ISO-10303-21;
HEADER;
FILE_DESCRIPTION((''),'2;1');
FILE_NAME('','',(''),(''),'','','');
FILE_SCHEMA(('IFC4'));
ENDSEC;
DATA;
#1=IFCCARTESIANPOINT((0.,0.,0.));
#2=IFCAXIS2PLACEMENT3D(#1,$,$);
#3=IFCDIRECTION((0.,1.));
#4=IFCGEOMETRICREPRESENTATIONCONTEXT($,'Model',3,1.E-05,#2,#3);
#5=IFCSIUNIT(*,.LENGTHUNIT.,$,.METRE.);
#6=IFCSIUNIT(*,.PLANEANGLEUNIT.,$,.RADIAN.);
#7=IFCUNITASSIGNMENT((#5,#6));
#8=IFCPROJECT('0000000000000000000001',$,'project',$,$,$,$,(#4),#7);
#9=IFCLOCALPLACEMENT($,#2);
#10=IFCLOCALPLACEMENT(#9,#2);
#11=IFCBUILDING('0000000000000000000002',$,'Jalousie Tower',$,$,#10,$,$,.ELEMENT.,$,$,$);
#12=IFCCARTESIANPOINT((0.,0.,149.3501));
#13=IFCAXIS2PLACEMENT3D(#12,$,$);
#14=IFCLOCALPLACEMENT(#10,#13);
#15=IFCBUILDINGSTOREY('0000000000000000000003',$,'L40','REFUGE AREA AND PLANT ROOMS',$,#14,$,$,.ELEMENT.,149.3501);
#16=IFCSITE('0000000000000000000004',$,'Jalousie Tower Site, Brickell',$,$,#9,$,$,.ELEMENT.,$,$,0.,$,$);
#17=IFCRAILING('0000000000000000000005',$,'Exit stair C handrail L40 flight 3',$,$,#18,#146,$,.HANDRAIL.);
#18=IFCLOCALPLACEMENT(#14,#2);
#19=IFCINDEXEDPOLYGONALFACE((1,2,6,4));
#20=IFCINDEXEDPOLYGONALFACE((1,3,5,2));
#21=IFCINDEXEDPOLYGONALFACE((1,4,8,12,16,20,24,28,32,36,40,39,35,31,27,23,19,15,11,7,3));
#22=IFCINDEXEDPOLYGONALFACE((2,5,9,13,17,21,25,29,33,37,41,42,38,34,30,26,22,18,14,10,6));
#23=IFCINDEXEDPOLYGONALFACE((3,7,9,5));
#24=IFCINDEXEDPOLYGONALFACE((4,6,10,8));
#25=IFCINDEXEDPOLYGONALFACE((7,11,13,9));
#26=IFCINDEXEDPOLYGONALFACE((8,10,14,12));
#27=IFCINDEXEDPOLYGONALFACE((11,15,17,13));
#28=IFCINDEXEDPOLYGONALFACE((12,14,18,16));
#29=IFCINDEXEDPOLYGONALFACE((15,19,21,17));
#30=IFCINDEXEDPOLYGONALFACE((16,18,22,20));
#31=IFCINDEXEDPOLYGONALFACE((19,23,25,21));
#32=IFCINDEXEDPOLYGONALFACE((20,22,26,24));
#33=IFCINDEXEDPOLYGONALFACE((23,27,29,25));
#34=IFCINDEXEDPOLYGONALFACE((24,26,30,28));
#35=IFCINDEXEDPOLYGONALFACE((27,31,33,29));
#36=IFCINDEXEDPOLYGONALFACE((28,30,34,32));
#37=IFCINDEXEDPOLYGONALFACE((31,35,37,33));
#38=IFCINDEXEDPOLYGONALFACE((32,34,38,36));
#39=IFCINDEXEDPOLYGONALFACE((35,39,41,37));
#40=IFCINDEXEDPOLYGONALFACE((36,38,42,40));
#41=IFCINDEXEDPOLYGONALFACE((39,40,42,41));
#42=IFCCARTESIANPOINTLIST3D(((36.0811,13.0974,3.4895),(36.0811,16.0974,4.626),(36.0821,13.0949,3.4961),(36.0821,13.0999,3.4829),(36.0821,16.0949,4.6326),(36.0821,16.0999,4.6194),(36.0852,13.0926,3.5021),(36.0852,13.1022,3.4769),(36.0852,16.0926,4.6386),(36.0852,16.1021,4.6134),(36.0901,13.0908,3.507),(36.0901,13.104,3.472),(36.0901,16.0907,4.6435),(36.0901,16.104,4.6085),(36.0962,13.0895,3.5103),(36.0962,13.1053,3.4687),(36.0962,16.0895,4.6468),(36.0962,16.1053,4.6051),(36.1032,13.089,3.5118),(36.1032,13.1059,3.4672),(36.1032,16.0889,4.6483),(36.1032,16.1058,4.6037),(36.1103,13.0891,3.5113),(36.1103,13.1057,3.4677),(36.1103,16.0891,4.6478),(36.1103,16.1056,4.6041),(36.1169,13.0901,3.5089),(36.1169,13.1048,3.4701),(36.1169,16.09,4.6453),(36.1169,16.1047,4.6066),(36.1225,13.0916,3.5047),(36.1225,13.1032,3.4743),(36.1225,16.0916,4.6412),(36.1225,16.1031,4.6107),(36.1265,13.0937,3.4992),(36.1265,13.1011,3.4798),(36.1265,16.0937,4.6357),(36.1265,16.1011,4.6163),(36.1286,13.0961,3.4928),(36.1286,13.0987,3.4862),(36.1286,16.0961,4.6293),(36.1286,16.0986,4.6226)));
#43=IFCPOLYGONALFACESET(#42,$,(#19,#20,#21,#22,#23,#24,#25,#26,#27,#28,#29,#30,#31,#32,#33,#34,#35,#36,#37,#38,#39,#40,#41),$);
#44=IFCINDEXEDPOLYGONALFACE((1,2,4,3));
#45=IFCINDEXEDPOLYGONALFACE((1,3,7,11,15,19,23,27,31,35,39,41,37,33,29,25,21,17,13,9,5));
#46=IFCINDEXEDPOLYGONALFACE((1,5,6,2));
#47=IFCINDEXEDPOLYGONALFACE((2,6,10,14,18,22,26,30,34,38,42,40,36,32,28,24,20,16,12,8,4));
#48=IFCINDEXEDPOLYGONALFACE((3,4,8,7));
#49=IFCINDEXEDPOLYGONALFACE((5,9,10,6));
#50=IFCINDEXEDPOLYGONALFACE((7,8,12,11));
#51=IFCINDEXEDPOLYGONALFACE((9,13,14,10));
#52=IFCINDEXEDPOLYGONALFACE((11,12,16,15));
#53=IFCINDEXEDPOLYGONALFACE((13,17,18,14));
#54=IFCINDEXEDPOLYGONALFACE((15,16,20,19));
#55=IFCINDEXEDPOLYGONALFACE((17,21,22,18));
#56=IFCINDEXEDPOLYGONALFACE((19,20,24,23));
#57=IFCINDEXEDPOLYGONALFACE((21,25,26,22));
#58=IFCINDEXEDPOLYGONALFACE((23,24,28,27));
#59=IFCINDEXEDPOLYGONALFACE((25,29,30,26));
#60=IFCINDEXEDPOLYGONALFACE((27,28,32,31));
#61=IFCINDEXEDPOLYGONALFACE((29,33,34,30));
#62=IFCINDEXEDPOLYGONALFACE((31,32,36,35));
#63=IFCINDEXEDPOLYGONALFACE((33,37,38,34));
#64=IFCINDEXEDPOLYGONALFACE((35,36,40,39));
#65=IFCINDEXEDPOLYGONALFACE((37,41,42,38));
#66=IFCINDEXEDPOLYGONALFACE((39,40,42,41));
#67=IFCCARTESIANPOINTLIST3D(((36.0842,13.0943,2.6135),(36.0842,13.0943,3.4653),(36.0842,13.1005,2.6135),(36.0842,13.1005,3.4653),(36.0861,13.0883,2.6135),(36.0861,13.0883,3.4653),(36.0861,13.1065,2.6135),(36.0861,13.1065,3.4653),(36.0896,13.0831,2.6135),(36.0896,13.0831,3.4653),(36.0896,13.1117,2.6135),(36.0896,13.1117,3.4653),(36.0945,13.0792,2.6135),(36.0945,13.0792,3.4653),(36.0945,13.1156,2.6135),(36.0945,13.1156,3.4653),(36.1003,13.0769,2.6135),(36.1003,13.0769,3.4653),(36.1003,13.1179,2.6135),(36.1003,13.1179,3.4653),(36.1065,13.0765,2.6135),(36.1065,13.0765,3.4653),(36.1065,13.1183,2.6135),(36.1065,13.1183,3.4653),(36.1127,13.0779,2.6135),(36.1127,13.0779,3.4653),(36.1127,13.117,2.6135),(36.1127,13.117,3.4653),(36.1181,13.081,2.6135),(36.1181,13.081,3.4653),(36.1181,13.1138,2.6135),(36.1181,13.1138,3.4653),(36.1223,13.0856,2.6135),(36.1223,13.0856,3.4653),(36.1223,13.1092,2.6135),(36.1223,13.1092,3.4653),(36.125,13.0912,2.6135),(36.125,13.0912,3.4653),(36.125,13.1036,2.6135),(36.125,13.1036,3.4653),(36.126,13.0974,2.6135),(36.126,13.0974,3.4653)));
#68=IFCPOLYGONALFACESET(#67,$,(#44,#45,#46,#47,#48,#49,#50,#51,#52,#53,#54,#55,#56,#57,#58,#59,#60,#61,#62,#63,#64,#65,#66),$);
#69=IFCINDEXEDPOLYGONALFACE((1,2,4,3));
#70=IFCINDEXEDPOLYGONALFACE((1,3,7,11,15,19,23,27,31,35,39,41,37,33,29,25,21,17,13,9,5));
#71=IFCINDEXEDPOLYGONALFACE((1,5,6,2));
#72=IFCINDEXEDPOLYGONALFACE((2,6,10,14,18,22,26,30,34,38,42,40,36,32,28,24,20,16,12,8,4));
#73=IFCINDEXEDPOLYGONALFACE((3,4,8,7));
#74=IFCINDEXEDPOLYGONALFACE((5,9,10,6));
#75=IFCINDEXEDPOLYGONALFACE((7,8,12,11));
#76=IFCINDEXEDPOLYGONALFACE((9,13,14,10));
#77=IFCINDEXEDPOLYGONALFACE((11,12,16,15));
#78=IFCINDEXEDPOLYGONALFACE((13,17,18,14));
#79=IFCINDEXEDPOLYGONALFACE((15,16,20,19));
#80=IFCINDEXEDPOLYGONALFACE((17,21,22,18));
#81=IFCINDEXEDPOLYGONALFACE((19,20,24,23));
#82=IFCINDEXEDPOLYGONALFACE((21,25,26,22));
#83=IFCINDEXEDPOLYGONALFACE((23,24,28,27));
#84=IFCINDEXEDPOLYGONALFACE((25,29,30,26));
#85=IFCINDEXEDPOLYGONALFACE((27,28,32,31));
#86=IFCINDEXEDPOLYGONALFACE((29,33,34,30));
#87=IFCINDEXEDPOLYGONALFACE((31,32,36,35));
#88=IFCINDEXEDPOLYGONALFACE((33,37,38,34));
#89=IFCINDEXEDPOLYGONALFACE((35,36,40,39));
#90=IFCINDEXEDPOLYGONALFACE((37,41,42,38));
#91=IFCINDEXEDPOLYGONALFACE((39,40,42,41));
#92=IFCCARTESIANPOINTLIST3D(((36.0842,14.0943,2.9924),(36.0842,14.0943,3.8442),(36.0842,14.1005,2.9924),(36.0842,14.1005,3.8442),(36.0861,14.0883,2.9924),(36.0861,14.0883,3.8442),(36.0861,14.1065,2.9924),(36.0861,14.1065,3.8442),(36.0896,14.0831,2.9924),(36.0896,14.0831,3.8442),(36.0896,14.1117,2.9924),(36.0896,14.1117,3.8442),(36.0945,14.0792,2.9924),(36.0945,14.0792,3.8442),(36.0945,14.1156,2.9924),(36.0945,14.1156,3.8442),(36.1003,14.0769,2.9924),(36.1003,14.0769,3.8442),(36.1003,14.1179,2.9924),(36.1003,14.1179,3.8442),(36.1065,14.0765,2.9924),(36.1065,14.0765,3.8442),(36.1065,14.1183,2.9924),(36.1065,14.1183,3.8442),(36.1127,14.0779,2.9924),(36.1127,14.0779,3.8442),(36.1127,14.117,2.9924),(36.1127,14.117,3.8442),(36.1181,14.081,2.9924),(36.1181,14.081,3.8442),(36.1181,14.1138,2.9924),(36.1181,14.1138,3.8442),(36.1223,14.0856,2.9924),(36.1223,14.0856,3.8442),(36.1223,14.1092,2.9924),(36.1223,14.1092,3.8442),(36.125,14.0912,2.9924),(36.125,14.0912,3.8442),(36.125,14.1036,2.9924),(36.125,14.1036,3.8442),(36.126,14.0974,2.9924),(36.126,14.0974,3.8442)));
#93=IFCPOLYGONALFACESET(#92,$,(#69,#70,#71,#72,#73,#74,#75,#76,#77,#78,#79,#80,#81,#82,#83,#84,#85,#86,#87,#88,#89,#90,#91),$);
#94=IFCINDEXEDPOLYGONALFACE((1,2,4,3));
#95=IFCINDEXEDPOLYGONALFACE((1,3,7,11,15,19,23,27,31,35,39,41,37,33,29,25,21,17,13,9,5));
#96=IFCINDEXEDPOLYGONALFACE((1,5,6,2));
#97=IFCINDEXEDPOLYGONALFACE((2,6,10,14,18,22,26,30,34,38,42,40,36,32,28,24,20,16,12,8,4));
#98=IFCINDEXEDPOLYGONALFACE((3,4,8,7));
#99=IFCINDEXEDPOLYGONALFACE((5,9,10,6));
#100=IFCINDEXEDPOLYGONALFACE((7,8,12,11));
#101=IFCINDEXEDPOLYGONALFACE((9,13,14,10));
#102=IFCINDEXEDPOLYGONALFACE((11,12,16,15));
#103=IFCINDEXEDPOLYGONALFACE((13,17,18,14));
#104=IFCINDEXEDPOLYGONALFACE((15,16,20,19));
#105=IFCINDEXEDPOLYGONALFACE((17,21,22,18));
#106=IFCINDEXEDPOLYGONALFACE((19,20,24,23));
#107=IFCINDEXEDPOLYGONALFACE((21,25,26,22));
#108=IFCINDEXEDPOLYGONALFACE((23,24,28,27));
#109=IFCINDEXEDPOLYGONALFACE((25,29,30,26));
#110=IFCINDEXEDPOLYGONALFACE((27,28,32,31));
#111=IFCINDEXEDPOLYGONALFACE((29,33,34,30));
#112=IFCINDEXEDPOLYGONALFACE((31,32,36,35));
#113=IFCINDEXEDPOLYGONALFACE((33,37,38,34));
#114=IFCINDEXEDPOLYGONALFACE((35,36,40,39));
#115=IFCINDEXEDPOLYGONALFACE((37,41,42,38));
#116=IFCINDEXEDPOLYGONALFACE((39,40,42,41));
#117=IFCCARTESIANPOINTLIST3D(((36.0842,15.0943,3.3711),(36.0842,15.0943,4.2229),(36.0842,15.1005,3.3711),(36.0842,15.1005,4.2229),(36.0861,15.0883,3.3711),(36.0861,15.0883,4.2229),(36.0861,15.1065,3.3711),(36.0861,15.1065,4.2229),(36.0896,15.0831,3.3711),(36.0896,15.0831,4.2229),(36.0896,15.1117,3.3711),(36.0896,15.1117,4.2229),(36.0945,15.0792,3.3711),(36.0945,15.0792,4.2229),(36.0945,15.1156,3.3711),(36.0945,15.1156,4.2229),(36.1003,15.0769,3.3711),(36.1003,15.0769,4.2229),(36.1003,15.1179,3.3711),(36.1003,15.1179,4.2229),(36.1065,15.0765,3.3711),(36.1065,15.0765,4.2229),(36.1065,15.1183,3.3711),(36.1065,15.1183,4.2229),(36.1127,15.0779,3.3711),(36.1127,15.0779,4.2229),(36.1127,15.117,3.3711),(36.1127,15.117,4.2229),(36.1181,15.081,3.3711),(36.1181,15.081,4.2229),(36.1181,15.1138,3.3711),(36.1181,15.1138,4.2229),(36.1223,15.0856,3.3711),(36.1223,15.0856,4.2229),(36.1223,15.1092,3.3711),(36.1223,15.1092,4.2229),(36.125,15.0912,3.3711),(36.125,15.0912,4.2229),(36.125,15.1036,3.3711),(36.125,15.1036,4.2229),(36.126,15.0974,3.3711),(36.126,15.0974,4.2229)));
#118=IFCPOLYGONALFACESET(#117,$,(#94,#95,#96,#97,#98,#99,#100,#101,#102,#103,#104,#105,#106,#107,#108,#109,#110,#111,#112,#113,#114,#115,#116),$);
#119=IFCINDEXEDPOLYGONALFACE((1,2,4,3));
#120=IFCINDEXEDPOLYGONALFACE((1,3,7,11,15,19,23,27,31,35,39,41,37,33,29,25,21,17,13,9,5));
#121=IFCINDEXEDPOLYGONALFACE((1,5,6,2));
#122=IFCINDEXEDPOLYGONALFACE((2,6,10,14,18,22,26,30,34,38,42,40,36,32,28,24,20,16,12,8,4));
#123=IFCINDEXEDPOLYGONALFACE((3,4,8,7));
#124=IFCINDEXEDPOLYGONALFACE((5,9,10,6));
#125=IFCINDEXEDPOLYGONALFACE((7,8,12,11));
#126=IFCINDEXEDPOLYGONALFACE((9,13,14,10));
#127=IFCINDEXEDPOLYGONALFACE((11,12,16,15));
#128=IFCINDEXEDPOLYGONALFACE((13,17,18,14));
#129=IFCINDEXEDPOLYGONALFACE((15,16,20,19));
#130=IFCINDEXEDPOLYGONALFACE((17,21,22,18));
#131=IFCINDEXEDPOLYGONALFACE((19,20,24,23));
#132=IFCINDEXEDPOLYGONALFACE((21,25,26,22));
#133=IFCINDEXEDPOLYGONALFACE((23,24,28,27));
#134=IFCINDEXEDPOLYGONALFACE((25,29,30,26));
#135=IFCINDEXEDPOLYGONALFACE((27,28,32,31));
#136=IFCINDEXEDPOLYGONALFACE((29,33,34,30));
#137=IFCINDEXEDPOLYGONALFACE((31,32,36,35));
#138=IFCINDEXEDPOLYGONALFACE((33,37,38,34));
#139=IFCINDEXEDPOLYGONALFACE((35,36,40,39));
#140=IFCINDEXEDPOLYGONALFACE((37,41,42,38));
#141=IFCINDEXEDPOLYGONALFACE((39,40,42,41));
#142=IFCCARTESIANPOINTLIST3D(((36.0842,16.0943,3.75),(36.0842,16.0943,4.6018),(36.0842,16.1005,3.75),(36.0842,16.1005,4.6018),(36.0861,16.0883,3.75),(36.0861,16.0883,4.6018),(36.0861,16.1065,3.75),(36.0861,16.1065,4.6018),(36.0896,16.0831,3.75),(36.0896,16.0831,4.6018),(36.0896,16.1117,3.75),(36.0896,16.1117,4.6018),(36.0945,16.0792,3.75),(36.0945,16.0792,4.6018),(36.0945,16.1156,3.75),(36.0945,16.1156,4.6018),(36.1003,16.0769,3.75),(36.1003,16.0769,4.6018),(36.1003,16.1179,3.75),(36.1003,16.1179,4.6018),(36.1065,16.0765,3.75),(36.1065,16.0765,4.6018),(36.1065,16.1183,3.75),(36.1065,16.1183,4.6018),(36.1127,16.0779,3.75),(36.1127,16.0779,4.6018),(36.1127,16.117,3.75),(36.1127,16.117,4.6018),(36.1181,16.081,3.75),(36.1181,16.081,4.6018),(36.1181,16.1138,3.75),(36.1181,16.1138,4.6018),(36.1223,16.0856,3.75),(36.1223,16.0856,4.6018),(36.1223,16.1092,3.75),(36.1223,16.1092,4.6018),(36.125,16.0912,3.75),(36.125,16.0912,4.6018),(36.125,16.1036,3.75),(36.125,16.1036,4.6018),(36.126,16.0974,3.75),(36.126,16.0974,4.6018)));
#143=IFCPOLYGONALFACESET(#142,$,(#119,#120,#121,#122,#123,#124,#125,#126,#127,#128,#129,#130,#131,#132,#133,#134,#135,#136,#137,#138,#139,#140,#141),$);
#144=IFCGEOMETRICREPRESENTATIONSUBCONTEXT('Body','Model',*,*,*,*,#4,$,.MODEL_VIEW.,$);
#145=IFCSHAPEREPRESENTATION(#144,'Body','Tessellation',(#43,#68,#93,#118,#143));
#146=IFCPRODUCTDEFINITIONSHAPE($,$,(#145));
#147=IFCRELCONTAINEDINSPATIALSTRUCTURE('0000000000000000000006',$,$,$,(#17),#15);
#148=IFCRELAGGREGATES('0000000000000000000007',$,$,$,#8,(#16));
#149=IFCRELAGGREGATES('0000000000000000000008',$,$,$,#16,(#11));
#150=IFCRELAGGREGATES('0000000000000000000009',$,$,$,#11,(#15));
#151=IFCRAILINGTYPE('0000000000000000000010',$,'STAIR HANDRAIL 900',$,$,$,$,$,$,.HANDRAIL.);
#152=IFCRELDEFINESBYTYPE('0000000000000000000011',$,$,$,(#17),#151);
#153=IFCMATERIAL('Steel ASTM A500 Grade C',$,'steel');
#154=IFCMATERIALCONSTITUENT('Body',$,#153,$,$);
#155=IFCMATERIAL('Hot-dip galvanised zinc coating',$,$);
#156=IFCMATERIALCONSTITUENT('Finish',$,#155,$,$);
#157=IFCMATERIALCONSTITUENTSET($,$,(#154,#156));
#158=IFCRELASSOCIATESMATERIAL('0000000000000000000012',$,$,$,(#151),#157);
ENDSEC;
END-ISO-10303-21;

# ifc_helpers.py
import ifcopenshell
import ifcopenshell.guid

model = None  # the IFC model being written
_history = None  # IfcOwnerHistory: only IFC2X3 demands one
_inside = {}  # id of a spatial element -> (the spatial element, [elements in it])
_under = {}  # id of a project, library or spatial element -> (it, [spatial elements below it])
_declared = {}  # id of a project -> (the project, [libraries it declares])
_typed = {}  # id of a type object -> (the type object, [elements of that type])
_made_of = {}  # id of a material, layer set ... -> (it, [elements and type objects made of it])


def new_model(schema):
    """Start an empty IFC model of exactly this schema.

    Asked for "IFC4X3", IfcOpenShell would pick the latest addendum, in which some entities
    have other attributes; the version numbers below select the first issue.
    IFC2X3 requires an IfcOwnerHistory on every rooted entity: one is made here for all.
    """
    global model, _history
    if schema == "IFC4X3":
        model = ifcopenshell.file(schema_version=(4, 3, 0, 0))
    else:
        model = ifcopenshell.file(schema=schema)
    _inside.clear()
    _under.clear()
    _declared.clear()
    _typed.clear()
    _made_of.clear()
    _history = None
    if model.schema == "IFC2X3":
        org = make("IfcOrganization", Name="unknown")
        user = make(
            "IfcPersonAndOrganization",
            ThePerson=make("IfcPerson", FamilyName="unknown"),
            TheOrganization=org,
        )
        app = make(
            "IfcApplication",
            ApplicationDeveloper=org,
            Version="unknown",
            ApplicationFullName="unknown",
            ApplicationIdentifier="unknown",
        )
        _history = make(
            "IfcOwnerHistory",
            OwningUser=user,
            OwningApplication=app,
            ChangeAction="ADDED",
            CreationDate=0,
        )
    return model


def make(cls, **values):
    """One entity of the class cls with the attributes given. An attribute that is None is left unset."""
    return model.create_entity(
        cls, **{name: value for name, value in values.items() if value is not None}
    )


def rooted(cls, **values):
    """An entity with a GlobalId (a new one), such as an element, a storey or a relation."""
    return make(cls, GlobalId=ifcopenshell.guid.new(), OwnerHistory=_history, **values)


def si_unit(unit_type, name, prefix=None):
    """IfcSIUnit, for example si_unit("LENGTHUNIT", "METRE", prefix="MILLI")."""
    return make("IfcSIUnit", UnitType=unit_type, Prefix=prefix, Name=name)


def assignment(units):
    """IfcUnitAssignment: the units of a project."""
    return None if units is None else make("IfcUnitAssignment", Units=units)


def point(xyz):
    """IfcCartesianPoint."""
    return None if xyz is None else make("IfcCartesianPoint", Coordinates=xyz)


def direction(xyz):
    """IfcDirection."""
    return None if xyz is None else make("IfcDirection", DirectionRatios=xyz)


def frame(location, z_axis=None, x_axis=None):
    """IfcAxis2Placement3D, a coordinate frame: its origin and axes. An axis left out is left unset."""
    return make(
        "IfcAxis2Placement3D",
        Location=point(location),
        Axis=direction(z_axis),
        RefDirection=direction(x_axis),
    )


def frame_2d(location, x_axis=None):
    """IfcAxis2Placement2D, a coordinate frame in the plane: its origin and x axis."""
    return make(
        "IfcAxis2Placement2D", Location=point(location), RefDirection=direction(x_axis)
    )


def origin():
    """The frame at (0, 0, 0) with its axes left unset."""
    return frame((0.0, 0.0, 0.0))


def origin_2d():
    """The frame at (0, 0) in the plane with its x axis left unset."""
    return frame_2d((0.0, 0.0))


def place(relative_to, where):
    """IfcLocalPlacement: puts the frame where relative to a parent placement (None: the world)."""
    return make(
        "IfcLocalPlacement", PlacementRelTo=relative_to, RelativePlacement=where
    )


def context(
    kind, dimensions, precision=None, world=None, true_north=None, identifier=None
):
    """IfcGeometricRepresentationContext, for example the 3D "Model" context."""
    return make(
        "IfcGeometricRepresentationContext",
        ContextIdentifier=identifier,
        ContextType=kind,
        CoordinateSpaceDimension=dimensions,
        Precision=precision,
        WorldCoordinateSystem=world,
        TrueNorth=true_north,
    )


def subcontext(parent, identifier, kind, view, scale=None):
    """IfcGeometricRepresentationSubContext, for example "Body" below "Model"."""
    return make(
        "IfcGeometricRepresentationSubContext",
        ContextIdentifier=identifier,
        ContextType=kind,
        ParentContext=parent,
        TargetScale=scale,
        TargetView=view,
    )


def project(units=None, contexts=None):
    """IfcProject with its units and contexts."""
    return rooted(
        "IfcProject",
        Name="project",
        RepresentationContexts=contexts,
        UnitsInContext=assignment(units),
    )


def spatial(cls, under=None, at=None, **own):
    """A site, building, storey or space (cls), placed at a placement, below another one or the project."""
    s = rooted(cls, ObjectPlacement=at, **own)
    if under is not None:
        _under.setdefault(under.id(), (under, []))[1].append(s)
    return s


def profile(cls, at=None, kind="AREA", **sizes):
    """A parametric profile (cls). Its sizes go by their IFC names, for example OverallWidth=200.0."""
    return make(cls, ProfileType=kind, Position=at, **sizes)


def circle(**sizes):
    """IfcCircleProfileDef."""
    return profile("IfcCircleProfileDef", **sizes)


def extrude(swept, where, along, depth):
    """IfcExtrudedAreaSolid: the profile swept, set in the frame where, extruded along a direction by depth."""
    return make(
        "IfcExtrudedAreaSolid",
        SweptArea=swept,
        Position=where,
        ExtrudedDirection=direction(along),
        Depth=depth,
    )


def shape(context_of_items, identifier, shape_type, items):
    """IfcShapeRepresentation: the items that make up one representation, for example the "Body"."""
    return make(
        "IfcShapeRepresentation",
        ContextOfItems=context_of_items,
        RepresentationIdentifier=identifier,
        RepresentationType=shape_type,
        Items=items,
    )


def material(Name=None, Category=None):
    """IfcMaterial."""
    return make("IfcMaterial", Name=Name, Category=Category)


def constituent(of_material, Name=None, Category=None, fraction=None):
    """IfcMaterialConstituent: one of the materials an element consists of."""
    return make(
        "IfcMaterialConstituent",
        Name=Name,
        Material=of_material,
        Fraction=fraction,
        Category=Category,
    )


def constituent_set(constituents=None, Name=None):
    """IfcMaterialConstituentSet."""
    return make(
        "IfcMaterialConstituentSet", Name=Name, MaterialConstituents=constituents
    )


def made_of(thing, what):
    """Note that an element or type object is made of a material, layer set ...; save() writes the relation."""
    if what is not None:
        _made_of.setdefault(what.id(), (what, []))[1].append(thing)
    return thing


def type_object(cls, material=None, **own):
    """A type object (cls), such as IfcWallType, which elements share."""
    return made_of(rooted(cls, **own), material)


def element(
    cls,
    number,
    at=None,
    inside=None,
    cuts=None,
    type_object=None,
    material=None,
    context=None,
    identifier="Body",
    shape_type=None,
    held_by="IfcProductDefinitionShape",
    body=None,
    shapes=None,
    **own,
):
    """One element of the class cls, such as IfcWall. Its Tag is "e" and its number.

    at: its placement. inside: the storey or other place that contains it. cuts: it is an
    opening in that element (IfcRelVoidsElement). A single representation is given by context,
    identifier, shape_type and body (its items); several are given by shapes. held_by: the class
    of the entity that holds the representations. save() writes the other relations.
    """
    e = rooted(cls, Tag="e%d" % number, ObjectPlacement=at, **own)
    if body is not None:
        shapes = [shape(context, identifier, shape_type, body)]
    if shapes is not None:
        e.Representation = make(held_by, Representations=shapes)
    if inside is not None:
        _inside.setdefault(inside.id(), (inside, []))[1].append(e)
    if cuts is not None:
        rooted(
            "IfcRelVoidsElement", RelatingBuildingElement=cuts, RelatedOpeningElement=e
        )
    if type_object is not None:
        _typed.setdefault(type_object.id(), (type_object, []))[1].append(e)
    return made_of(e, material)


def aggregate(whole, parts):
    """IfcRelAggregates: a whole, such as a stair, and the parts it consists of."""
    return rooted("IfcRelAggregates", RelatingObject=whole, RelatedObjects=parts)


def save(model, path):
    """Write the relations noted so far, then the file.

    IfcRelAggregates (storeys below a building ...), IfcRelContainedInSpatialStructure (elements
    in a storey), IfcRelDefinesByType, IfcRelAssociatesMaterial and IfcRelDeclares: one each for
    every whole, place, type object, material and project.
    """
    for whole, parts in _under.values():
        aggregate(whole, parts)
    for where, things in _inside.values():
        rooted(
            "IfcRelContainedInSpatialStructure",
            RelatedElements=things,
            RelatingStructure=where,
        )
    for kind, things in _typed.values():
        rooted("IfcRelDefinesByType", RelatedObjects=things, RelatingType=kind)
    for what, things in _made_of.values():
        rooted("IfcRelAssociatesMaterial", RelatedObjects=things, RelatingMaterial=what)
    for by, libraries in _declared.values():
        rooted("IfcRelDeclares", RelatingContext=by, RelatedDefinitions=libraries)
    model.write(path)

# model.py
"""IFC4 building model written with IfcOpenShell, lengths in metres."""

from ifc_helpers import new_model, si_unit, direction, frame, origin, origin_2d, place, context, subcontext, project, spatial, circle, extrude, material, constituent, constituent_set, type_object, element, save


model = new_model("IFC4")

# Units and contexts
model_context = context("Model", 3, precision=1e-05, world=origin(), true_north=direction((0.0, 1.0)))
body_context = subcontext(model_context, "Body", "Model", "MODEL_VIEW")
ifc_project = project(units=[si_unit("LENGTHUNIT", "METRE"), si_unit("PLANEANGLEUNIT", "RADIAN")], contexts=[model_context])

# Site, building, storey
site_placement = place(None, origin())
site = spatial("IfcSite", under=ifc_project, at=site_placement, Name="Jalousie Tower Site, Brickell", CompositionType="ELEMENT", RefElevation=0.0)
building_placement = place(site_placement, origin())
building = spatial("IfcBuilding", under=site, at=building_placement, Name="Jalousie Tower", CompositionType="ELEMENT")
storey_placement = place(building_placement, frame((0.0, 0.0, 149.3501)))
storey = spatial("IfcBuildingStorey", under=building, at=storey_placement, Name="L40", Description="REFUGE AREA AND PLANT ROOMS", CompositionType="ELEMENT", Elevation=149.3501)

# Railing
ifc_material_1 = material(Name="Steel ASTM A500 Grade C", Category="steel")
ifc_constituent_1 = constituent(ifc_material_1, Name="Body")
ifc_material_2 = material(Name="Hot-dip galvanised zinc coating")
ifc_constituent_2 = constituent(ifc_material_2, Name="Finish")
ifc_constituent_set = constituent_set(constituents=[ifc_constituent_1, ifc_constituent_2])
railing_type_1 = type_object("IfcRailingType", Name="STAIR HANDRAIL 900", PredefinedType="HANDRAIL", material=ifc_constituent_set)
for number, where, name in (
    (1, (36.105, 13.0974, 2.6135), "Exit stair C handrail L40 flight 3"),
):
    element("IfcRailing", number, at=place(storey_placement, frame(where)), inside=storey, type_object=railing_type_1, Name=name, PredefinedType="HANDRAIL", context=body_context, shape_type="SweptSolid", body=[
        extrude(circle(Radius=0.0239, at=origin_2d()), frame((0.0, 0.0, 0.876), z_axis=(0.0, 0.935148, 0.354257), x_axis=(-1.0, 0.0, 0.0)), (0.0, 0.0, 1.0), 3.208),
        extrude(circle(Radius=0.021, at=origin_2d()), origin(), (0.0, 0.0, 1.0), 0.8518),
        extrude(circle(Radius=0.021, at=origin_2d()), frame((0.0, 1.0, 0.3789)), (0.0, 0.0, 1.0), 0.8518),
        extrude(circle(Radius=0.021, at=origin_2d()), frame((0.0, 2.0, 0.7576)), (0.0, 0.0, 1.0), 0.8518),
        extrude(circle(Radius=0.021, at=origin_2d()), frame((0.0, 3.0, 1.1365)), (0.0, 0.0, 1.0), 0.8518),
    ])

save(model, "model.ifc")
